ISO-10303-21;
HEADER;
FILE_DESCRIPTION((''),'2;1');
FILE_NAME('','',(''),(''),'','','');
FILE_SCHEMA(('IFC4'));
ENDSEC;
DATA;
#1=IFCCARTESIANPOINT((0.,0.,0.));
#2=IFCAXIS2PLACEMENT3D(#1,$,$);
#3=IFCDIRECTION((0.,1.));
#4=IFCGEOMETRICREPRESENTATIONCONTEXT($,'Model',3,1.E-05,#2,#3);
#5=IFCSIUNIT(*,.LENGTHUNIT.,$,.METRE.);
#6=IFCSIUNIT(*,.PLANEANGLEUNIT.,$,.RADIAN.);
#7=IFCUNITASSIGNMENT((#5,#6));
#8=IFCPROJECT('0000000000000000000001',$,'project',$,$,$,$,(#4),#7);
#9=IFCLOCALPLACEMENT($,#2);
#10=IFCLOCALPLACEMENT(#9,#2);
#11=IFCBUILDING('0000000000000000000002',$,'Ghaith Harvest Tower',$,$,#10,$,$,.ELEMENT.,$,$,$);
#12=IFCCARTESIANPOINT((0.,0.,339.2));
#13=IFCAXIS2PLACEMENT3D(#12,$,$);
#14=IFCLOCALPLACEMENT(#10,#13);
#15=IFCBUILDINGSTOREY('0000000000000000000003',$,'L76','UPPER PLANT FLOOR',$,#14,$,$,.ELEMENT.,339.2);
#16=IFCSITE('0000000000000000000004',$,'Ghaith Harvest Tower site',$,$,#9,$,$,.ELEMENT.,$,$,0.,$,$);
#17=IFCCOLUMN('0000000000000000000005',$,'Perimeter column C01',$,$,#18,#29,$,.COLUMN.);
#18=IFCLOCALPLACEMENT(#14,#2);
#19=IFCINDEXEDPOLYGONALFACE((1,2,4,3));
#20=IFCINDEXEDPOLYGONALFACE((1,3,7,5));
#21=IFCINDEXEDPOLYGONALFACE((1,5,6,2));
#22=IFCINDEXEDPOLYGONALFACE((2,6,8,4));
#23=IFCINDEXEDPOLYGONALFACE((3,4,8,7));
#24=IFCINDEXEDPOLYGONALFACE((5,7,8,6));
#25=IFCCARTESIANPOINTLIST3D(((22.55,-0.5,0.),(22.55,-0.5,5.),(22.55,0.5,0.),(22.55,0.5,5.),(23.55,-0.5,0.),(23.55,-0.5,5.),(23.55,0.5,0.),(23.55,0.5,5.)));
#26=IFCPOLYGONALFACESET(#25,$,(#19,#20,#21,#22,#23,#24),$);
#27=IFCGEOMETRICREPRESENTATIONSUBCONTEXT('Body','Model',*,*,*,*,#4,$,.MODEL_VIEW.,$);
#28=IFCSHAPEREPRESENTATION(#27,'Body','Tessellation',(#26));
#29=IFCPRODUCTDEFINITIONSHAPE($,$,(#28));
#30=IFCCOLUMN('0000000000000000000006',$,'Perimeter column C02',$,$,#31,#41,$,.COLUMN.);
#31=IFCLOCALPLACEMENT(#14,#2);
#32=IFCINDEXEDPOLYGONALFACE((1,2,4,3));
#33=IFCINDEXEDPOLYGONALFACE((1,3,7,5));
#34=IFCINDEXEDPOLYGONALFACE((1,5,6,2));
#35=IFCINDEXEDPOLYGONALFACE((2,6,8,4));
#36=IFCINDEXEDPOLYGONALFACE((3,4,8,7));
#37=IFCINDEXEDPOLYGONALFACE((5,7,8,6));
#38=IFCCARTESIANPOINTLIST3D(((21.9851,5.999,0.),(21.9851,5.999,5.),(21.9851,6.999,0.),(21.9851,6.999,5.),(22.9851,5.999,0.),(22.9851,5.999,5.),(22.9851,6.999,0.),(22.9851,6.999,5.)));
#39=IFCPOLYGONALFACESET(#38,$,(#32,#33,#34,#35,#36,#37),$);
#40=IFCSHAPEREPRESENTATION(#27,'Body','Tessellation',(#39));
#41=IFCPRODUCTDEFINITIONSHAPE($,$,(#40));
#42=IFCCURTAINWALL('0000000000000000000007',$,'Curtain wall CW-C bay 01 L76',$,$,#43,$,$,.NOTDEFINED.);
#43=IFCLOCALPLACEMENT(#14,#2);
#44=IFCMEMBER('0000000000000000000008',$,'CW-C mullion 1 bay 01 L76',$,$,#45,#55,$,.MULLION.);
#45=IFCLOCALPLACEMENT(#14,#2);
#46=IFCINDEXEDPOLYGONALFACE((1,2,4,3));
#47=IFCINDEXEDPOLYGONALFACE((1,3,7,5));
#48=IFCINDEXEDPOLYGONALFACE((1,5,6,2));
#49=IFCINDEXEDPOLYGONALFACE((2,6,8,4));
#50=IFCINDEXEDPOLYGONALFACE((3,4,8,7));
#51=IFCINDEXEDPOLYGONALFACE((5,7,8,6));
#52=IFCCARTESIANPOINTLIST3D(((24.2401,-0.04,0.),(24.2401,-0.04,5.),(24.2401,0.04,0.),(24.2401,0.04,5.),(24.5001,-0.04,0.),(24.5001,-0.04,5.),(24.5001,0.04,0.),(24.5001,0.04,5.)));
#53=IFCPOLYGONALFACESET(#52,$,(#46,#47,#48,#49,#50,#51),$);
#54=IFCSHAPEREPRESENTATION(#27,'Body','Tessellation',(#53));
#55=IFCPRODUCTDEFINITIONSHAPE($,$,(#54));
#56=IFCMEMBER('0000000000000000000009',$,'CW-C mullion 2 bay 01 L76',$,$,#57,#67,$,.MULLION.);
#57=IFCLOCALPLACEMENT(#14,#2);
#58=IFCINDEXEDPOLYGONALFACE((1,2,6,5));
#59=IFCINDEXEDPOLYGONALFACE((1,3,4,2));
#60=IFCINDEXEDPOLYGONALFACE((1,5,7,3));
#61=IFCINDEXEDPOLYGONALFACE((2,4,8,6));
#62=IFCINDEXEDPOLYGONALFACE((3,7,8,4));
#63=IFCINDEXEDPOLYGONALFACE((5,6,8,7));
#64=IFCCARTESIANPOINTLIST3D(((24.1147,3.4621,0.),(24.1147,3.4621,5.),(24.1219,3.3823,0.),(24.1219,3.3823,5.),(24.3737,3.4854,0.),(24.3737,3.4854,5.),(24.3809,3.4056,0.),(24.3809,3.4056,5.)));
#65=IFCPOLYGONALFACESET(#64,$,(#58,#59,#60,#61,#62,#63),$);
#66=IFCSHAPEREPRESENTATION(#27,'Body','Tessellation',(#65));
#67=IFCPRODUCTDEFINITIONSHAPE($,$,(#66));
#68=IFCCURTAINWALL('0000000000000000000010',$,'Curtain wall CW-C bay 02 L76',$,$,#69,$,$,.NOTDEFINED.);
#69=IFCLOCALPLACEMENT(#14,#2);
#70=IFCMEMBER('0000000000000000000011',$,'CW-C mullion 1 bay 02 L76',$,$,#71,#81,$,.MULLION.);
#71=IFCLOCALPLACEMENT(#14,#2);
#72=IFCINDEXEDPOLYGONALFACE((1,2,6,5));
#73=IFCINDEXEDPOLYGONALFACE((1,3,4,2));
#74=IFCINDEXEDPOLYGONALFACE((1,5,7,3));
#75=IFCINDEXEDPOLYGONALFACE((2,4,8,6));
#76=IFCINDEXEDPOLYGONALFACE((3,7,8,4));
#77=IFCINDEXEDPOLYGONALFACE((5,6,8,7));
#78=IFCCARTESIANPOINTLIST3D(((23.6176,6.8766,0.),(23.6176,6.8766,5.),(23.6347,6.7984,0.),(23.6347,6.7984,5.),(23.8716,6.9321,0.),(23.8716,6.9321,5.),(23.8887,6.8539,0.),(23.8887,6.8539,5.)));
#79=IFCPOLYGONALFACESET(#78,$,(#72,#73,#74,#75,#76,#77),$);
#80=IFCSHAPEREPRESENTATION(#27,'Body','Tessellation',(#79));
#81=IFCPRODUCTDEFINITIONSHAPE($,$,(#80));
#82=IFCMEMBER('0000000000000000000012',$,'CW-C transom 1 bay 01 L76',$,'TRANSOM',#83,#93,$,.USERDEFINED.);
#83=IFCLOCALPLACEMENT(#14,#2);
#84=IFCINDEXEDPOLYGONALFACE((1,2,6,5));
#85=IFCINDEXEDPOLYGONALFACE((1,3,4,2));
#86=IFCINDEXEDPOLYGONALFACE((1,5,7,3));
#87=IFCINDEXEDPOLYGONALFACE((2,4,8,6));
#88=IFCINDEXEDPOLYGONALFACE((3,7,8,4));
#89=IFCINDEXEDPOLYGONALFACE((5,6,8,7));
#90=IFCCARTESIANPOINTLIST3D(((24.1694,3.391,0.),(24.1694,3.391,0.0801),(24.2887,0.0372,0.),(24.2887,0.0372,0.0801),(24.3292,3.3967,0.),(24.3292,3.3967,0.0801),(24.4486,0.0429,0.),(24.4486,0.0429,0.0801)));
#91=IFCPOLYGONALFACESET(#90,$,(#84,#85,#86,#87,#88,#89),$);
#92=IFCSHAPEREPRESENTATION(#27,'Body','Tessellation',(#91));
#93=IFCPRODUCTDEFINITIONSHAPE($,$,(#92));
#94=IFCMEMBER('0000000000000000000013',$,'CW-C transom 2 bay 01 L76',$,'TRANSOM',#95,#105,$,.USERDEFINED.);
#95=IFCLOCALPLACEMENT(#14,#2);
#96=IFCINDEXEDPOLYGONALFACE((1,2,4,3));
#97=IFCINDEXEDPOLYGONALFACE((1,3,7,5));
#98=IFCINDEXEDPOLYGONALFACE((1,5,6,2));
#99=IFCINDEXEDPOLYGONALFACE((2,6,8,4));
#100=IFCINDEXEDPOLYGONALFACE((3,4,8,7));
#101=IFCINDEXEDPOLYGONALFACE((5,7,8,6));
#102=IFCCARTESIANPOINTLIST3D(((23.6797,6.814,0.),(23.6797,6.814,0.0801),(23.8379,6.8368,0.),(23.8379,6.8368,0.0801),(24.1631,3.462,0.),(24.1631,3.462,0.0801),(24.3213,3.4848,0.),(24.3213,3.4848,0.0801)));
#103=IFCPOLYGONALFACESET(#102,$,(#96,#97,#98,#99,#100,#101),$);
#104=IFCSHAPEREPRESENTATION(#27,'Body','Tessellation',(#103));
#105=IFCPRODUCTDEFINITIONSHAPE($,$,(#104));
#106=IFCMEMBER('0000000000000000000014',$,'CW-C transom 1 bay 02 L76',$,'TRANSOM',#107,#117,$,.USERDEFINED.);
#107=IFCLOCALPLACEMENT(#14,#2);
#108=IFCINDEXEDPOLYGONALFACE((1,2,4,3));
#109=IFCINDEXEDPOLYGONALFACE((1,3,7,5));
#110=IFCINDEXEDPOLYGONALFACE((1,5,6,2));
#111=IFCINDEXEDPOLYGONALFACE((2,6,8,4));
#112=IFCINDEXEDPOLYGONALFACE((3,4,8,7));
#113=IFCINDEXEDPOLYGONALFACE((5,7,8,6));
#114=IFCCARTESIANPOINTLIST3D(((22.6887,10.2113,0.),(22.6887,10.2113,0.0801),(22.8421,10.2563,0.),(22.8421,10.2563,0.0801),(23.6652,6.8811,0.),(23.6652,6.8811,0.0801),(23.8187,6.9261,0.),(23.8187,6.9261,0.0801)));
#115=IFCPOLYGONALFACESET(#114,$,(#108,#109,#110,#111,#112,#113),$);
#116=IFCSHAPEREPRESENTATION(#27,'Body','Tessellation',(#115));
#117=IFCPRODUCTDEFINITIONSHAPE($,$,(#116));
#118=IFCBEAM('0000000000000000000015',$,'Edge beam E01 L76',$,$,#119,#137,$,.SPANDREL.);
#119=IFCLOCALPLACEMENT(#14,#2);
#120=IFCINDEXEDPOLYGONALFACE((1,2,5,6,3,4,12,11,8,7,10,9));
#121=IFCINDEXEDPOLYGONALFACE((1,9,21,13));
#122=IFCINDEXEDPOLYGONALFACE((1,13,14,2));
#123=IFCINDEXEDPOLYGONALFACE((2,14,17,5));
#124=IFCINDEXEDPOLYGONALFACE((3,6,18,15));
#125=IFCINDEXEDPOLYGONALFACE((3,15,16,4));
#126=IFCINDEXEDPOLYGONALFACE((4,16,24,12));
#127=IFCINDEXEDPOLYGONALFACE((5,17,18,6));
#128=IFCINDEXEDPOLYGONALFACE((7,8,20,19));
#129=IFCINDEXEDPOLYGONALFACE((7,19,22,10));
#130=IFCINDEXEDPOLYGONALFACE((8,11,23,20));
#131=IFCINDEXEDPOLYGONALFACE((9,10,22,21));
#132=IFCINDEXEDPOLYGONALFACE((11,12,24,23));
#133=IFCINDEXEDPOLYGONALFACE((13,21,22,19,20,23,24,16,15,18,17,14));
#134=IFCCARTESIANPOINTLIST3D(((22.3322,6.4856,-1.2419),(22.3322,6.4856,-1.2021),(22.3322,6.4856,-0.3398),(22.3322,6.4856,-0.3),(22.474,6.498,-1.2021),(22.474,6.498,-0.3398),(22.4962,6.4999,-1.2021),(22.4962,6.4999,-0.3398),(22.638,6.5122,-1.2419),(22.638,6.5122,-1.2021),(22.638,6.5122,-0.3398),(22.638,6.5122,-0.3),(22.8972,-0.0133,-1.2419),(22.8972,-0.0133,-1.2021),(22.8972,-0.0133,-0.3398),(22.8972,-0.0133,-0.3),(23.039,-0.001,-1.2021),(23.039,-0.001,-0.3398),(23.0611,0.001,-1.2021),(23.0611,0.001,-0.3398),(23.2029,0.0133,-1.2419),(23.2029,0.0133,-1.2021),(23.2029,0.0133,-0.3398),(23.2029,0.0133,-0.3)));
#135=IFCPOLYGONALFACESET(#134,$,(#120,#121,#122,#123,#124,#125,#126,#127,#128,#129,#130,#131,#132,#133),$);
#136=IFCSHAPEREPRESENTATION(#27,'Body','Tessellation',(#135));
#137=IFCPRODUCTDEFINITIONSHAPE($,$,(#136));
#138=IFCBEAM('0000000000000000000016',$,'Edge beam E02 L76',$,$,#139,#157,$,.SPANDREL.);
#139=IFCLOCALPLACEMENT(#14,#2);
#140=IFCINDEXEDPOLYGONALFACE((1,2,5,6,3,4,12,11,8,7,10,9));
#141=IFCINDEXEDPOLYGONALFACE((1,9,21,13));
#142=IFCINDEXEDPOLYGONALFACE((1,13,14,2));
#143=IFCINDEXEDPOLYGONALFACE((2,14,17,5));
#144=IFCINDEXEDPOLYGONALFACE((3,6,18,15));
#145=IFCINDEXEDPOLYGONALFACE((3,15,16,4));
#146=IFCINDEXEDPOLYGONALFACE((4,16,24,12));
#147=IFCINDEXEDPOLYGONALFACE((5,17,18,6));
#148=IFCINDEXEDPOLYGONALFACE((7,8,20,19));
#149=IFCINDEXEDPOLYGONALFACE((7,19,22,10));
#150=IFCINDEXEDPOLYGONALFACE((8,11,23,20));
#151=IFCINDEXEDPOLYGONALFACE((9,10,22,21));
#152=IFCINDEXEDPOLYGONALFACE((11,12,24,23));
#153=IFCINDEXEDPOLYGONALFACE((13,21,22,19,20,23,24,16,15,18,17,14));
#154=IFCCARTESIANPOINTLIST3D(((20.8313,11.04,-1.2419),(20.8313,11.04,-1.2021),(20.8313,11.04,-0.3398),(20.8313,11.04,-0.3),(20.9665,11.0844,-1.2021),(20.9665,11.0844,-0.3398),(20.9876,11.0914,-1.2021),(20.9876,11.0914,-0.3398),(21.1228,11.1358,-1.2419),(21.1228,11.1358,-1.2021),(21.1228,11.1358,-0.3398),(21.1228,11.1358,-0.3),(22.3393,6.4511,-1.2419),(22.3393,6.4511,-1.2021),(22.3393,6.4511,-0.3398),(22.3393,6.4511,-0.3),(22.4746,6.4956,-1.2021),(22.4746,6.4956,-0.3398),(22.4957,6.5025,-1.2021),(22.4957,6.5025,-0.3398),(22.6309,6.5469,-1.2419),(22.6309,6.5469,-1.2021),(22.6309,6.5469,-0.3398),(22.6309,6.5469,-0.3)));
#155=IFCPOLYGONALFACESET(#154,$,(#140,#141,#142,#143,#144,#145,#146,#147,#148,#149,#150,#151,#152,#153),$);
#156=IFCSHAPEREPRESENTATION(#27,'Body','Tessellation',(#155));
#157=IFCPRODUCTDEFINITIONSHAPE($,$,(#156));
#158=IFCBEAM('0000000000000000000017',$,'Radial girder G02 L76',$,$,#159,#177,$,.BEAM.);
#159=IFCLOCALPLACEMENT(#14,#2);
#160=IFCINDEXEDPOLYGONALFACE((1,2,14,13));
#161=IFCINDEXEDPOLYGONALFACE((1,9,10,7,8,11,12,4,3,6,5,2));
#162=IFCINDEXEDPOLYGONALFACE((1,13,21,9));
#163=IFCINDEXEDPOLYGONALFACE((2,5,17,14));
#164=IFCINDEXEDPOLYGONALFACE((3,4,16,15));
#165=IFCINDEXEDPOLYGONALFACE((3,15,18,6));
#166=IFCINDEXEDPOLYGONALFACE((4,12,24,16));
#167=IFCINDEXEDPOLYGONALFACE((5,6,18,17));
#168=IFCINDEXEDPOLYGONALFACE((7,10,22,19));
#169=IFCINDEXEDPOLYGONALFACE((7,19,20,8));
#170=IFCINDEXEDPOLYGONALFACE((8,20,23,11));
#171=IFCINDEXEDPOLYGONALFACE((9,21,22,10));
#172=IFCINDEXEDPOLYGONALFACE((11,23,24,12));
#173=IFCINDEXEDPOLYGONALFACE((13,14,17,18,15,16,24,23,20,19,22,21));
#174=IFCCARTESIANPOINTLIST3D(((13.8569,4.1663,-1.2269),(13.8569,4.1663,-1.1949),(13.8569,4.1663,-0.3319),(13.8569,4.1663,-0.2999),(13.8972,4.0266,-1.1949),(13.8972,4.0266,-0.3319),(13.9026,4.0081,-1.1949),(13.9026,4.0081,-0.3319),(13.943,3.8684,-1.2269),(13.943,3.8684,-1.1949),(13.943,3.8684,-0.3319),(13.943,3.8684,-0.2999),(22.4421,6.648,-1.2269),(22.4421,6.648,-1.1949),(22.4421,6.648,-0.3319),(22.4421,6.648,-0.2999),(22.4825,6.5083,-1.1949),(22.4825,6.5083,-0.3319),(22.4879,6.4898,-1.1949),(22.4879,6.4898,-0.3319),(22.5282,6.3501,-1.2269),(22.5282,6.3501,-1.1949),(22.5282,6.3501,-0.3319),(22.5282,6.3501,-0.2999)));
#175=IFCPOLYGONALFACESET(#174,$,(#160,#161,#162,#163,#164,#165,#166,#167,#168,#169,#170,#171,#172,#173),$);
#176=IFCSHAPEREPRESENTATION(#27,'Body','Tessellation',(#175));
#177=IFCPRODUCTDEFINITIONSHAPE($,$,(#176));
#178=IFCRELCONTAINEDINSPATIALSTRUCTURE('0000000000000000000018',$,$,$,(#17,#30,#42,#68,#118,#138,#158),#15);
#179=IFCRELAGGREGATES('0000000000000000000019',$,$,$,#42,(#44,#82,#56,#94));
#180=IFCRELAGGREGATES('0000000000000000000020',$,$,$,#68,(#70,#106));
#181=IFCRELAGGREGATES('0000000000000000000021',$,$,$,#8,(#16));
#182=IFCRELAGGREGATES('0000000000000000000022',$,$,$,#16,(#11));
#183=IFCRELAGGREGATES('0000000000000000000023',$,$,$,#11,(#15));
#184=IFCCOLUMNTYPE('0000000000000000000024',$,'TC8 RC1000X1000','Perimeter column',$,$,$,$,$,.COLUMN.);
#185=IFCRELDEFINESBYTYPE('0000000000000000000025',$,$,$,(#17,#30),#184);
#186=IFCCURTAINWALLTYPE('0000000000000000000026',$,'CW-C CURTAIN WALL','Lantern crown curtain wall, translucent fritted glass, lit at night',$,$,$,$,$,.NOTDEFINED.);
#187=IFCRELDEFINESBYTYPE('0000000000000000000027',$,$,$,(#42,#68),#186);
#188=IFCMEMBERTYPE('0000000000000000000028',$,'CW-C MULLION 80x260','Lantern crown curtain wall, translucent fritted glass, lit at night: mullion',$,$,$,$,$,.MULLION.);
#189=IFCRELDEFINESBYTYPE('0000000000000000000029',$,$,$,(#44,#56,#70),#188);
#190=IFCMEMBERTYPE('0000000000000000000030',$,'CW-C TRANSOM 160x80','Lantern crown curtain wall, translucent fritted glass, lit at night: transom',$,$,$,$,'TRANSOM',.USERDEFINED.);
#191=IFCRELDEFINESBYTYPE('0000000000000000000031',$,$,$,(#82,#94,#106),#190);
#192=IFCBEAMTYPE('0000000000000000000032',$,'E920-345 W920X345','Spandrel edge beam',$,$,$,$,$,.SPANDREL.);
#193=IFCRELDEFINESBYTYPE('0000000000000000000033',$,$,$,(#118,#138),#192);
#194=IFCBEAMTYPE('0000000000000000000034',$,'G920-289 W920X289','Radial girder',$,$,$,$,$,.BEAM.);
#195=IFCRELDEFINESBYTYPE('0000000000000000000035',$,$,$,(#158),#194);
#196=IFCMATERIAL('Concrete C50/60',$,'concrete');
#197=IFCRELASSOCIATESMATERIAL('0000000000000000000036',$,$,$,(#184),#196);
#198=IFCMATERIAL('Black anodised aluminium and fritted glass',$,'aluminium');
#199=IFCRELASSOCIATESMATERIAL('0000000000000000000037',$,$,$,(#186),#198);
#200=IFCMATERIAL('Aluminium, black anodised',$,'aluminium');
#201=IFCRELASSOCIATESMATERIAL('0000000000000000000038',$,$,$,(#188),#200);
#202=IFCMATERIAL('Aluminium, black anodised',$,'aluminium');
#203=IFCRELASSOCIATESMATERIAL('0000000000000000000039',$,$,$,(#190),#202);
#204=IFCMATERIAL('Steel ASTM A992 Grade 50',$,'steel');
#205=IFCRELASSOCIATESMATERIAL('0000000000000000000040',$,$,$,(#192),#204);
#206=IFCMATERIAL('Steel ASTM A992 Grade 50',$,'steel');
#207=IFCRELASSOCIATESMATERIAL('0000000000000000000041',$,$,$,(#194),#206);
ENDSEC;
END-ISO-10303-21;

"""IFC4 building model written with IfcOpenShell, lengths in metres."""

from ifc_helpers import new_model, si_unit, direction, frame, origin, origin_2d, place, context, subcontext, project, spatial, rectangle, i_section, extrude, material, material_profile, profile_set, type_object, element, aggregate, save


model = new_model("IFC4")

# Units and contexts
model_context = context("Model", 3, precision=1e-05, world=origin(), true_north=direction((0.0, 1.0)))
body_context = subcontext(model_context, "Body", "Model", "MODEL_VIEW")
ifc_project = project(units=[si_unit("LENGTHUNIT", "METRE"), si_unit("PLANEANGLEUNIT", "RADIAN")], contexts=[model_context])

# Site, building, storey
site_placement = place(None, origin())
site = spatial("IfcSite", under=ifc_project, at=site_placement, Name="Ghaith Harvest Tower site", CompositionType="ELEMENT", RefElevation=0.0)
building_placement = place(site_placement, origin())
building = spatial("IfcBuilding", under=site, at=building_placement, Name="Ghaith Harvest Tower", CompositionType="ELEMENT")
storey_placement = place(building_placement, frame((0.0, 0.0, 339.2)))
storey = spatial("IfcBuildingStorey", under=building, at=storey_placement, Name="L76", Description="UPPER PLANT FLOOR", CompositionType="ELEMENT", Elevation=339.2)

# Columns
ifc_material_1 = material(Name="Concrete C50/60", Category="concrete")
ifc_material_profile_1 = material_profile(ifc_material_1, rectangle(XDim=1.0, YDim=1.0, at=origin_2d()), Name="RC1000X1000")
ifc_profile_set_1 = profile_set([ifc_material_profile_1], Name="Concrete C50/60")
column_type = type_object("IfcColumnType", Name="TC8 RC1000X1000", Description="Perimeter column", PredefinedType="COLUMN", material=ifc_profile_set_1)
for number, where, z_axis, x_axis, name in (
    (1, (23.05, 0.0, 0.0), (0.0, 0.0, 1.0), (1.0, 0.0, 0.0), "Perimeter column C01"),
    (2, (22.4851, 6.499, 0.0), (0.0, 0.0, 1.0), (1.0, 0.0, 0.0), "Perimeter column C02"),
):
    element("IfcColumn", number, at=place(storey_placement, frame(where, z_axis=z_axis, x_axis=x_axis)), inside=storey, type_object=column_type, Name=name, PredefinedType="COLUMN", context=body_context, shape_type="SweptSolid", body=[
        extrude(rectangle(XDim=1.0, YDim=1.0, at=origin_2d()), origin(), (0.0, 0.0, 1.0), 5.0),
    ])

# Curtain wall, members
ifc_material_2 = material(Name="Black anodised aluminium and fritted glass", Category="aluminium")
curtain_wall_type = type_object("IfcCurtainWallType", Name="CW-C CURTAIN WALL", Description="Lantern crown curtain wall, translucent fritted glass, lit at night", PredefinedType="NOTDEFINED", material=ifc_material_2)
curtain_wall_1_placement = place(storey_placement, origin())
curtain_wall_1 = element("IfcCurtainWall", 3, at=curtain_wall_1_placement, inside=storey, type_object=curtain_wall_type, Name="Curtain wall CW-C bay 01 L76", PredefinedType="NOTDEFINED")
ifc_material_3 = material(Name="Aluminium, black anodised", Category="aluminium")
ifc_material_profile_2 = material_profile(ifc_material_3, rectangle(XDim=0.0801, YDim=0.26, at=origin_2d()), Name="CW-C MULLION 80x260")
ifc_profile_set_2 = profile_set([ifc_material_profile_2], Name="Aluminium, black anodised")
member_type_1 = type_object("IfcMemberType", Name="CW-C MULLION 80x260", Description="Lantern crown curtain wall, translucent fritted glass, lit at night: mullion", PredefinedType="MULLION", material=ifc_profile_set_2)
member_1_placement = place(storey_placement, frame((24.3701, 0.0, 0.0), z_axis=(0.0, 0.0, 1.0), x_axis=(0.0, 1.0, 0.0)))
member_1 = element("IfcMember", 4, at=member_1_placement, type_object=member_type_1, Name="CW-C mullion 1 bay 01 L76", PredefinedType="MULLION", context=body_context, shape_type="SweptSolid", body=[
    extrude(rectangle(XDim=0.0801, YDim=0.26, at=origin_2d()), origin(), (0.0, 0.0, 1.0), 5.0),
])
member_2_placement = place(storey_placement, frame((24.2478, 3.4338, 0.0), z_axis=(0.0, 0.0, 1.0), x_axis=(-0.089502, 0.995987, 0.0)))
member_2 = element("IfcMember", 5, at=member_2_placement, type_object=member_type_1, Name="CW-C mullion 2 bay 01 L76", PredefinedType="MULLION", context=body_context, shape_type="SweptSolid", body=[
    extrude(rectangle(XDim=0.0801, YDim=0.26, at=origin_2d()), origin(), (0.0, 0.0, 1.0), 5.0),
])

# Curtain wall, member
curtain_wall_2_placement = place(storey_placement, origin())
curtain_wall_2 = element("IfcCurtainWall", 6, at=curtain_wall_2_placement, inside=storey, type_object=curtain_wall_type, Name="Curtain wall CW-C bay 02 L76", PredefinedType="NOTDEFINED")
member_3_placement = place(storey_placement, frame((23.7532, 6.8652, 0.0), z_axis=(0.0, 0.0, 1.0), x_axis=(-0.213402, 0.976964, 0.0)))
member_3 = element("IfcMember", 7, at=member_3_placement, type_object=member_type_1, Name="CW-C mullion 1 bay 02 L76", PredefinedType="MULLION", context=body_context, shape_type="SweptSolid", body=[
    extrude(rectangle(XDim=0.0801, YDim=0.26, at=origin_2d()), origin(), (0.0, 0.0, 1.0), 5.0),
])

# Members
ifc_material_4 = material(Name="Aluminium, black anodised", Category="aluminium")
ifc_material_profile_3 = material_profile(ifc_material_4, rectangle(XDim=0.1599, YDim=0.0801, at=origin_2d()), Name="CW-C TRANSOM 160x80")
ifc_profile_set_3 = profile_set([ifc_material_profile_3], Name="Aluminium, black anodised")
member_type_2 = type_object("IfcMemberType", Name="CW-C TRANSOM 160x80", Description="Lantern crown curtain wall, translucent fritted glass, lit at night: transom", ElementType="TRANSOM", PredefinedType="USERDEFINED", material=ifc_profile_set_3)
member_4_placement = place(storey_placement, frame((24.3687, 0.04, 0.04), z_axis=(-0.035575, 0.999367, 0.0), x_axis=(-0.999367, -0.035575, 0.0)))
member_4 = element("IfcMember", 8, at=member_4_placement, type_object=member_type_2, Name="CW-C transom 1 bay 01 L76", ObjectType="TRANSOM", PredefinedType="USERDEFINED", context=body_context, shape_type="SweptSolid", body=[
    extrude(rectangle(XDim=0.1599, YDim=0.0801, at=origin_2d()), origin(), (0.0, 0.0, 1.0), 3.356),
])
member_5_placement = place(storey_placement, frame((24.2422, 3.4734, 0.04), z_axis=(-0.142733, 0.989761, 0.0), x_axis=(-0.989761, -0.142733, 0.0)))
member_5 = element("IfcMember", 9, at=member_5_placement, type_object=member_type_2, Name="CW-C transom 2 bay 01 L76", ObjectType="TRANSOM", PredefinedType="USERDEFINED", context=body_context, shape_type="SweptSolid", body=[
    extrude(rectangle(XDim=0.1599, YDim=0.0801, at=origin_2d()), origin(), (0.0, 0.0, 1.0), 3.3867),
])
member_6_placement = place(storey_placement, frame((23.7419, 6.9036, 0.04), z_axis=(-0.281385, 0.959595, 0.0), x_axis=(-0.959595, -0.281385, 0.0)))
member_6 = element("IfcMember", 10, at=member_6_placement, type_object=member_type_2, Name="CW-C transom 1 bay 02 L76", ObjectType="TRANSOM", PredefinedType="USERDEFINED", context=body_context, shape_type="SweptSolid", body=[
    extrude(rectangle(XDim=0.1599, YDim=0.0801, at=origin_2d()), origin(), (0.0, 0.0, 1.0), 3.4705),
])

# Beams
ifc_material_5 = material(Name="Steel ASTM A992 Grade 50", Category="steel")
ifc_material_profile_4 = material_profile(ifc_material_5, i_section(OverallWidth=0.3069, OverallDepth=0.9419, WebThickness=0.0222, FlangeThickness=0.0398, at=origin_2d()), Name="W920X345")
ifc_profile_set_4 = profile_set([ifc_material_profile_4], Name="Steel ASTM A992 Grade 50")
beam_type_1 = type_object("IfcBeamType", Name="E920-345 W920X345", Description="Spandrel edge beam", PredefinedType="SPANDREL", material=ifc_profile_set_4)
beam_1_placement = place(storey_placement, frame((23.05, 0.0, -0.771), z_axis=(-0.086601, 0.996243, 0.0), x_axis=(-0.996243, -0.086601, 0.0)))
element("IfcBeam", 11, at=beam_1_placement, inside=storey, type_object=beam_type_1, Name="Edge beam E01 L76", PredefinedType="SPANDREL", context=body_context, shape_type="SweptSolid", body=[
    extrude(i_section(OverallWidth=0.3069, OverallDepth=0.9419, WebThickness=0.0222, FlangeThickness=0.0398, at=origin_2d()), origin(), (0.0, 0.0, 1.0), 6.5234),
])
beam_2_placement = place(storey_placement, frame((22.4851, 6.499, -0.771), z_axis=(-0.312207, 0.950014, 0.0), x_axis=(-0.950014, -0.312207, 0.0)))
element("IfcBeam", 12, at=beam_2_placement, inside=storey, type_object=beam_type_1, Name="Edge beam E02 L76", PredefinedType="SPANDREL", context=body_context, shape_type="SweptSolid", body=[
    extrude(i_section(OverallWidth=0.3069, OverallDepth=0.9419, WebThickness=0.0222, FlangeThickness=0.0398, at=origin_2d()), origin(), (0.0, 0.0, 1.0), 4.8303),
])
ifc_material_6 = material(Name="Steel ASTM A992 Grade 50", Category="steel")
ifc_material_profile_5 = material_profile(ifc_material_6, i_section(OverallWidth=0.3101, OverallDepth=0.927, WebThickness=0.0193, FlangeThickness=0.032, at=origin_2d()), Name="W920X289")
ifc_profile_set_5 = profile_set([ifc_material_profile_5], Name="Steel ASTM A992 Grade 50")
beam_type_2 = type_object("IfcBeamType", Name="G920-289 W920X289", Description="Radial girder", PredefinedType="BEAM", material=ifc_profile_set_5)
beam_3_placement = place(storey_placement, frame((13.8999, 4.0173, -0.7634), z_axis=(0.960669, 0.277697, 0.0), x_axis=(-0.277697, 0.960669, 0.0)))
element("IfcBeam", 13, at=beam_3_placement, inside=storey, type_object=beam_type_2, Name="Radial girder G02 L76", PredefinedType="BEAM", context=body_context, shape_type="SweptSolid", body=[
    extrude(i_section(OverallWidth=0.3101, OverallDepth=0.927, WebThickness=0.0193, FlangeThickness=0.032, at=origin_2d()), origin(), (0.0, 0.0, 1.0), 8.9368),
])

aggregate(curtain_wall_1, [member_1, member_4, member_2, member_5])
aggregate(curtain_wall_2, [member_3, member_6])

save(model, "model.ifc")
